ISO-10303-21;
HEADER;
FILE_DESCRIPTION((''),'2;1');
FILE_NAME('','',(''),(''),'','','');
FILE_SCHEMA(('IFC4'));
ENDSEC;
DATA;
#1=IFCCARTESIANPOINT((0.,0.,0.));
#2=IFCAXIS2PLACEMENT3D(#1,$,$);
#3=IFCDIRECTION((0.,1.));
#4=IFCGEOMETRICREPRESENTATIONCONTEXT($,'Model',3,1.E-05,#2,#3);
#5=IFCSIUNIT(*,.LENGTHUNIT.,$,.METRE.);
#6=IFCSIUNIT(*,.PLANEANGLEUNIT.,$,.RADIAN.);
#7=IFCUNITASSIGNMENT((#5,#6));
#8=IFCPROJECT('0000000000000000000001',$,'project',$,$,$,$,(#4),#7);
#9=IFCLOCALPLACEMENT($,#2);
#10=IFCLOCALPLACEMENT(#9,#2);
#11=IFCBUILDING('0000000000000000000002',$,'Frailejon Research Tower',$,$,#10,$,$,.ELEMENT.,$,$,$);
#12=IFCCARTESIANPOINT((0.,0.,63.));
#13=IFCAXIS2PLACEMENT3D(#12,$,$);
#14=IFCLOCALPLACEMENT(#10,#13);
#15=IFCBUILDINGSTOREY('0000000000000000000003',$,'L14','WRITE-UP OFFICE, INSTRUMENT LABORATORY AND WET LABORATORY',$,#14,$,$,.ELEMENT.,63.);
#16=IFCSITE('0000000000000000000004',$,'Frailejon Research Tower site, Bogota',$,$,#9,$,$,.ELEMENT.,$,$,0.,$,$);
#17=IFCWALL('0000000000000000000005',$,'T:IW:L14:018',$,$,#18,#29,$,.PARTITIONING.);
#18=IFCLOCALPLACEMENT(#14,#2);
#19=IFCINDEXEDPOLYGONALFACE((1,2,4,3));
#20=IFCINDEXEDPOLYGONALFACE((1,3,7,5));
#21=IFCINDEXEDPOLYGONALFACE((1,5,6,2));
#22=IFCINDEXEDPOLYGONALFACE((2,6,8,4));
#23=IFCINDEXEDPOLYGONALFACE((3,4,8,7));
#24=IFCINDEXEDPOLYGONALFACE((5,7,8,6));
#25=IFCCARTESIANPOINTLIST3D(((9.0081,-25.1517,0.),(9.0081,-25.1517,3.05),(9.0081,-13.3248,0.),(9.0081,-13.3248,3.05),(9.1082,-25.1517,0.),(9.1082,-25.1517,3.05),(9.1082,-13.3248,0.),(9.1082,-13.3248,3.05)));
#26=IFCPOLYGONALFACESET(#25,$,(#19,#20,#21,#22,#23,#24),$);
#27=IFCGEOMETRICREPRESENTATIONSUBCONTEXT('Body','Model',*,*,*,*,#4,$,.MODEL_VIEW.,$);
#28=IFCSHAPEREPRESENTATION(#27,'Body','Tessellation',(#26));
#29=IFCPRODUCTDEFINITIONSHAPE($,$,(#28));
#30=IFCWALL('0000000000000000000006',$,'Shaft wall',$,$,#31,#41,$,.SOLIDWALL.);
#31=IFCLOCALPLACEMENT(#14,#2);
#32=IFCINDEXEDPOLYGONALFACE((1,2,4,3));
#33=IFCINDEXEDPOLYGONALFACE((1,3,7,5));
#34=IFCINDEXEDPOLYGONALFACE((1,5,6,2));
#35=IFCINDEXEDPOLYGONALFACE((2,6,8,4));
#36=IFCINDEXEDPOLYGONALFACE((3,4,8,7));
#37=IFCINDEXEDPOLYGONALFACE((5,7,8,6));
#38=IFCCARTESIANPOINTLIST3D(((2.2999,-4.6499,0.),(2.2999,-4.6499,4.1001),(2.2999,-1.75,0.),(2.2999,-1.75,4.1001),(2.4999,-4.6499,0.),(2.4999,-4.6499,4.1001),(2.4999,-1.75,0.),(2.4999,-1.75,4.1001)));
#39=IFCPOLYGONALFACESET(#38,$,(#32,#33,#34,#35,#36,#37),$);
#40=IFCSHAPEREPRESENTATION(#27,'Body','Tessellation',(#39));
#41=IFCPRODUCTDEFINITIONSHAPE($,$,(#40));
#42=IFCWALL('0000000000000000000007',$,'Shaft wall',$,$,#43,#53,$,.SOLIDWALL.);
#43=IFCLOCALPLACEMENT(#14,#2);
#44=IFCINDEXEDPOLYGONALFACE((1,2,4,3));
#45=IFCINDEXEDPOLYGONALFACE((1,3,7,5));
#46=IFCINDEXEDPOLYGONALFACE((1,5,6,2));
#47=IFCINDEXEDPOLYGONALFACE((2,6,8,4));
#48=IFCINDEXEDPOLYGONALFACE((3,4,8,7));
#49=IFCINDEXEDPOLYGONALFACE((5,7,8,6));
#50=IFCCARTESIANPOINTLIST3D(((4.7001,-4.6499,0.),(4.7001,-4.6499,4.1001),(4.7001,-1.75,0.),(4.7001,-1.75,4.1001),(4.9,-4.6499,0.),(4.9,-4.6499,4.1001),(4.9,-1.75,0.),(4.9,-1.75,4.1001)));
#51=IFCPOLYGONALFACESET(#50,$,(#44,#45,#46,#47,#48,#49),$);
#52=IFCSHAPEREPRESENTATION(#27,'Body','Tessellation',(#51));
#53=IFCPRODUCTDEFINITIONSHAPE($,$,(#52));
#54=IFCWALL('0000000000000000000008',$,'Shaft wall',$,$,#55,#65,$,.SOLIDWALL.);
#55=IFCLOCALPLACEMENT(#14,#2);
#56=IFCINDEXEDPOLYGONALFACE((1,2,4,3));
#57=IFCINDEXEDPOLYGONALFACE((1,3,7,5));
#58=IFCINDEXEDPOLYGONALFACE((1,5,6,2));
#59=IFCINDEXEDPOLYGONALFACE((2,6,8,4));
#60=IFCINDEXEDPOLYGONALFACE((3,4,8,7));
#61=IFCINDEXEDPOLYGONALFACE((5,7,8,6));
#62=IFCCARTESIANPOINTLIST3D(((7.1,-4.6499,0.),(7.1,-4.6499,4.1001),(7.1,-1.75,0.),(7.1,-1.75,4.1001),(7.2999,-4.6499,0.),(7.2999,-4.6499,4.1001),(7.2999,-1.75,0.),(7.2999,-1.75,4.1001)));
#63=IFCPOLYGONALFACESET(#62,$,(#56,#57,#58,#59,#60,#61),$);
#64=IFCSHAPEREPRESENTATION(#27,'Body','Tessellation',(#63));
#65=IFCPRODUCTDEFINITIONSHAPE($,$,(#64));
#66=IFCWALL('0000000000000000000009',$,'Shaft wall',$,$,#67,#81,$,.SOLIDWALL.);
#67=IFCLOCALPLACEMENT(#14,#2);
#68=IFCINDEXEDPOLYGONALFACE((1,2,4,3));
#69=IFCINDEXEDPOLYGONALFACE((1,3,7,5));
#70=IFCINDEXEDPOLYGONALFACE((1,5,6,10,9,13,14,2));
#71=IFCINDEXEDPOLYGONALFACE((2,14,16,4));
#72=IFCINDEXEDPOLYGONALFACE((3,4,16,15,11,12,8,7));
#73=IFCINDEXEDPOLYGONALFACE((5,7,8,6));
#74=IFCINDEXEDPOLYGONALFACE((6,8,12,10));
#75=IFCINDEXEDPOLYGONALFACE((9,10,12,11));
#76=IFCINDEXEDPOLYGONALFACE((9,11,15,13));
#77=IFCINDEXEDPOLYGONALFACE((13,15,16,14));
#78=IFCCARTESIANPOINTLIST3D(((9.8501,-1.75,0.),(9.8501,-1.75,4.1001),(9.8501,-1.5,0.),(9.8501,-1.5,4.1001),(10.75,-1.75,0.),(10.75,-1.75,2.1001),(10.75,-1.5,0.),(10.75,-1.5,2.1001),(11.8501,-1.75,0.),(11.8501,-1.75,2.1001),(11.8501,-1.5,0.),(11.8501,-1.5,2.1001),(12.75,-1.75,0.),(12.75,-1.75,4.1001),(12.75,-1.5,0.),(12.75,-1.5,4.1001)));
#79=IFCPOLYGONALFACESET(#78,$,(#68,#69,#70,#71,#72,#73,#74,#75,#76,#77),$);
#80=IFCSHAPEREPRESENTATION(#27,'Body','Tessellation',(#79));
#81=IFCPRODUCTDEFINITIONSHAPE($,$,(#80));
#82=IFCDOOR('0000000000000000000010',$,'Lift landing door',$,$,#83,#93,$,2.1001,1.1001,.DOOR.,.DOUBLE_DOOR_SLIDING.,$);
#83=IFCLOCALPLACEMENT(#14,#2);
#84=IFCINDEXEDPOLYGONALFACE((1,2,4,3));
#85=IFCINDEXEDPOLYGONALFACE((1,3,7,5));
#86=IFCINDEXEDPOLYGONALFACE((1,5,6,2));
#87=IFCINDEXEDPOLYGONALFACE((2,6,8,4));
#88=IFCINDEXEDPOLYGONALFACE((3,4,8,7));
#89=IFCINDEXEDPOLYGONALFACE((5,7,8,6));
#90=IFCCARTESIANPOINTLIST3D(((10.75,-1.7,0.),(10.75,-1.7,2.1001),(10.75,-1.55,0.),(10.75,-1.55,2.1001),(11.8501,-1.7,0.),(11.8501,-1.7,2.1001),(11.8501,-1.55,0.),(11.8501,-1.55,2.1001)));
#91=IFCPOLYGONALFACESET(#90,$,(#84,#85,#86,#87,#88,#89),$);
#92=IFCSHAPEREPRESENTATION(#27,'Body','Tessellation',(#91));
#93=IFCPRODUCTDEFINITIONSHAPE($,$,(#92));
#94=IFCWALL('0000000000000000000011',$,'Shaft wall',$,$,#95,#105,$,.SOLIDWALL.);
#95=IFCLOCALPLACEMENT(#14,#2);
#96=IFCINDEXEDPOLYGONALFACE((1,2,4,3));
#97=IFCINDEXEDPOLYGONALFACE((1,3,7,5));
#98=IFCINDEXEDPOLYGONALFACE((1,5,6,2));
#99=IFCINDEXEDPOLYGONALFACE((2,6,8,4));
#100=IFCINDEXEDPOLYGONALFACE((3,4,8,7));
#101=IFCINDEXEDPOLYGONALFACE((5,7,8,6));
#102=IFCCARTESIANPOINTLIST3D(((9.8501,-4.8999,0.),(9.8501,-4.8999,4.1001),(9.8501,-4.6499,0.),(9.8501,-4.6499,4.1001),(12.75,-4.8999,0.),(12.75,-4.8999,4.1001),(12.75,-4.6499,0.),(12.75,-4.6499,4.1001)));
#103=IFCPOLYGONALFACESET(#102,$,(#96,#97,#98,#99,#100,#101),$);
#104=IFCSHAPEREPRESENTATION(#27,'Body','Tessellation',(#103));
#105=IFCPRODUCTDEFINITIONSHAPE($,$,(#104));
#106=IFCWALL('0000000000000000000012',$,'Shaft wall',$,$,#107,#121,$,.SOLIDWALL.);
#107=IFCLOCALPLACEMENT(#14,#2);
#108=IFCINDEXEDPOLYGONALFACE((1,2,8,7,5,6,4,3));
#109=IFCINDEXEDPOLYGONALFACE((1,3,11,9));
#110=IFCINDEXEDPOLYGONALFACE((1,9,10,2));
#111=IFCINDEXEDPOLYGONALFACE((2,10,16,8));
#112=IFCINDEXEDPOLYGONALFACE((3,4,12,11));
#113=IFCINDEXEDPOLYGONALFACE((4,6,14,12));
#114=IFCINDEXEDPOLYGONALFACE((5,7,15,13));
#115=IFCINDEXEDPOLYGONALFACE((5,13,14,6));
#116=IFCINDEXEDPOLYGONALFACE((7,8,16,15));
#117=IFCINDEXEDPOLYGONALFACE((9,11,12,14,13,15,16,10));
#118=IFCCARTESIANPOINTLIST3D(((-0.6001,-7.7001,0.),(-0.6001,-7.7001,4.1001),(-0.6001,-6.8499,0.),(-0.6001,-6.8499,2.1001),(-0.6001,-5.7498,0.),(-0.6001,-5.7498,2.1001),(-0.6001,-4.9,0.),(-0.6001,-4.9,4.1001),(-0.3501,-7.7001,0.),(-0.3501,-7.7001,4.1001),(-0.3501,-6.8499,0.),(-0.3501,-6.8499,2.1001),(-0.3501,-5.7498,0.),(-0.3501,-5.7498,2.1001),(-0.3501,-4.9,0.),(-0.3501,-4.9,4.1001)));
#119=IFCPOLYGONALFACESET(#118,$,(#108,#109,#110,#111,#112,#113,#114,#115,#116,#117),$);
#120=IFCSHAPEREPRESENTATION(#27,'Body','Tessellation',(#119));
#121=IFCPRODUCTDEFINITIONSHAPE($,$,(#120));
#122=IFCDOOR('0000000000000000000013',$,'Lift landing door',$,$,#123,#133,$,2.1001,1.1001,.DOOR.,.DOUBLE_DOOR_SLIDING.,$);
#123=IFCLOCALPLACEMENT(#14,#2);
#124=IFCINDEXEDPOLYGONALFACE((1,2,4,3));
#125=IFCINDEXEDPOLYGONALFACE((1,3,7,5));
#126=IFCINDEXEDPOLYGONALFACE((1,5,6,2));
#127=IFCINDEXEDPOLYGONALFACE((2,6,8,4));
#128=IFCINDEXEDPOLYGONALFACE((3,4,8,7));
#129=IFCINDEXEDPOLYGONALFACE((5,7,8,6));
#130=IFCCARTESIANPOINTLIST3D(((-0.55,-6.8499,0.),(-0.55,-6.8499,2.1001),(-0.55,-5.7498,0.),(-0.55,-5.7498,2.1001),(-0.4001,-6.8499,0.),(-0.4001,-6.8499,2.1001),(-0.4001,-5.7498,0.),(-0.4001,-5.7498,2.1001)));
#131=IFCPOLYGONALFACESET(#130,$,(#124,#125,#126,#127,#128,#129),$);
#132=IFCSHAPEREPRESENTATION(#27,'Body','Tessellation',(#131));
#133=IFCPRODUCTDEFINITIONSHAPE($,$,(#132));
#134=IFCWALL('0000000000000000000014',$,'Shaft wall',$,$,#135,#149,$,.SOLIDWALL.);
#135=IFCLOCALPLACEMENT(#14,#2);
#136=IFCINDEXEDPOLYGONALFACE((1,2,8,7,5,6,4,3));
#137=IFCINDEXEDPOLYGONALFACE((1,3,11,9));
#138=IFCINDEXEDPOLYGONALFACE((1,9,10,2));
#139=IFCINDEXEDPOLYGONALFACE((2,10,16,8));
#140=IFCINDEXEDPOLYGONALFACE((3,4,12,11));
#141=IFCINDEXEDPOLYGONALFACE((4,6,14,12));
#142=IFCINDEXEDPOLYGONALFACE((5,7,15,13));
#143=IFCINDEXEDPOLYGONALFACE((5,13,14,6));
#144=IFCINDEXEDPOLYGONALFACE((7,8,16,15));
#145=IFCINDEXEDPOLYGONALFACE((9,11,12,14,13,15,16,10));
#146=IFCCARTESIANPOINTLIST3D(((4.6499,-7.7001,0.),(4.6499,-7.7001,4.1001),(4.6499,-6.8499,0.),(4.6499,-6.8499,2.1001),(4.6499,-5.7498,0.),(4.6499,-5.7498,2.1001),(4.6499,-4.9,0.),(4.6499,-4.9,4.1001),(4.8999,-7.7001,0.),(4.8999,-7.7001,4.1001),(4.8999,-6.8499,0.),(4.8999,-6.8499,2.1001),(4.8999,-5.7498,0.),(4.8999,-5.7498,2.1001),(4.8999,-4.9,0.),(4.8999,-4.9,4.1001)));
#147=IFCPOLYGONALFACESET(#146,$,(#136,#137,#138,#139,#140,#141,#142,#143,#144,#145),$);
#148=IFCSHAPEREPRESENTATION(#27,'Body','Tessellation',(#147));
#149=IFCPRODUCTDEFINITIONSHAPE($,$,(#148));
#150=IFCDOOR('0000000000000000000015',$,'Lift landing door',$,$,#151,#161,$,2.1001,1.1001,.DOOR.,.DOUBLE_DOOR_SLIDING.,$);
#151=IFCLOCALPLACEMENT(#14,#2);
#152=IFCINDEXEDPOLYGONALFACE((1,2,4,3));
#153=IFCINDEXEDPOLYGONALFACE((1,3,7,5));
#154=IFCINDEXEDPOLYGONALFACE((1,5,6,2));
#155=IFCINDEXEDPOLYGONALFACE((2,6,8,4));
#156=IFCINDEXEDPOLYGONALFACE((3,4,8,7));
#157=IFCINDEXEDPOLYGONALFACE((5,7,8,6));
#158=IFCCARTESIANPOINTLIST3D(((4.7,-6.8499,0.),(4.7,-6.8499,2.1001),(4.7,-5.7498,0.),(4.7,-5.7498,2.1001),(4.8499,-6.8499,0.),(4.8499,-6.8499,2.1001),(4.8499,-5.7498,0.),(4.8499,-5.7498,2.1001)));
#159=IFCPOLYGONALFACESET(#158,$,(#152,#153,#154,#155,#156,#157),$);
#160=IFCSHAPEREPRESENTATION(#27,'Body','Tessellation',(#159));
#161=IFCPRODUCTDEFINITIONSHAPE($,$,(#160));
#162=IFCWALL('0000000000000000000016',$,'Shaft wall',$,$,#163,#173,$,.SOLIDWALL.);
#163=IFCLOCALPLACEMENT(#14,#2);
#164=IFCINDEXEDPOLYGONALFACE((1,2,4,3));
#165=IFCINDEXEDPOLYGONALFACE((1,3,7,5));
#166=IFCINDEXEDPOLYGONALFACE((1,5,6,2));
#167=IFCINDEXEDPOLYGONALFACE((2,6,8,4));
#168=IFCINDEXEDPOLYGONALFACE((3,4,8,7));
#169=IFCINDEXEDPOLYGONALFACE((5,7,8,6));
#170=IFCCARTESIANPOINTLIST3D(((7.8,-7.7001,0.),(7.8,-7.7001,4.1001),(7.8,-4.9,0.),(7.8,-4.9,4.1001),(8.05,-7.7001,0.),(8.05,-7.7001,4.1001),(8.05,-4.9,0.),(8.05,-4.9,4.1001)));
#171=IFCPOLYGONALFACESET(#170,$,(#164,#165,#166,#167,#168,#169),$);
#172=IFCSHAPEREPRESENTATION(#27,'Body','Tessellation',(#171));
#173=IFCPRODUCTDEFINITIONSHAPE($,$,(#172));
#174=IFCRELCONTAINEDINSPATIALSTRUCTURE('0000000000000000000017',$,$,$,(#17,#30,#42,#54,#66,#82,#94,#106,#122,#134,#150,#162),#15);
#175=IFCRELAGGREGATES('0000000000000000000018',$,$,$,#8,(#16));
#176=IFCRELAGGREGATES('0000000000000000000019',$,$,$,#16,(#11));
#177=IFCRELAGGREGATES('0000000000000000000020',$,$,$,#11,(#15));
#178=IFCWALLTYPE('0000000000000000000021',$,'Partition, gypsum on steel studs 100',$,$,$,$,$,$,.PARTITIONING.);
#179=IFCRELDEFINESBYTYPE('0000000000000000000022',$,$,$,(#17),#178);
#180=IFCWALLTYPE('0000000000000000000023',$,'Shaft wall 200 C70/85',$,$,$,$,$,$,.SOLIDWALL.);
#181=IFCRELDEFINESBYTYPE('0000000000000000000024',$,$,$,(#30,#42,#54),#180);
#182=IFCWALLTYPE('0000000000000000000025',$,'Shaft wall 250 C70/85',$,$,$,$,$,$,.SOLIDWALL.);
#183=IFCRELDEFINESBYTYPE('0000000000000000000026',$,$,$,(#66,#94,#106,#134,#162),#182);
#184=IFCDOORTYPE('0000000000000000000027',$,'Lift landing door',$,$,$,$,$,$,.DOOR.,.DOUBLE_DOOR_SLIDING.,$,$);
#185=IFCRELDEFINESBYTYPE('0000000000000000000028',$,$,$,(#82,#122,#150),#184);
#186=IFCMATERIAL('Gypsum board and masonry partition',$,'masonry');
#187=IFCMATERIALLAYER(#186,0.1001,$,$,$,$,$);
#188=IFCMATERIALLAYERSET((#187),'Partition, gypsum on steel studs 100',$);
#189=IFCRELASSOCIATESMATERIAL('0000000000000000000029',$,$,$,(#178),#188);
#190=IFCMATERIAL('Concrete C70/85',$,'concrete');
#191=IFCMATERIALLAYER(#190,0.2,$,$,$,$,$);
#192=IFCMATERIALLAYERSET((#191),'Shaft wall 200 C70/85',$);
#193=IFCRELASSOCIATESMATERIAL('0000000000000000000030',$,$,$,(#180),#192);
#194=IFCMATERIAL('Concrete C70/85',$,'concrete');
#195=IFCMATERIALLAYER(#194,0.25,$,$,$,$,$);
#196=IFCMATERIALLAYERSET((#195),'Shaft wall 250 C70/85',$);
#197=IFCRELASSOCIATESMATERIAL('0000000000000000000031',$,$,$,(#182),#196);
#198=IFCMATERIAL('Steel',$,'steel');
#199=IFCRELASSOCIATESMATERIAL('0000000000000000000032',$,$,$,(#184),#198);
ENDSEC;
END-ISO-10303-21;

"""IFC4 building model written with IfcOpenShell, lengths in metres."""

from ifc_helpers import new_model, si_unit, direction, frame, frame_2d, origin, place, context, subcontext, project, spatial, rectangle, extrude, material, layer, layer_set, type_object, element, fill, save


model = new_model("IFC4")

# Units and contexts
model_context = context("Model", 3, precision=1e-05, world=origin(), true_north=direction((0.0, 1.0)))
body_context = subcontext(model_context, "Body", "Model", "MODEL_VIEW")
ifc_project = project(units=[si_unit("LENGTHUNIT", "METRE"), si_unit("PLANEANGLEUNIT", "RADIAN")], contexts=[model_context])

# Site, building, storey
site_placement = place(None, origin())
site = spatial("IfcSite", under=ifc_project, at=site_placement, Name="Frailejon Research Tower site, Bogota", CompositionType="ELEMENT", RefElevation=0.0)
building_placement = place(site_placement, origin())
building = spatial("IfcBuilding", under=site, at=building_placement, Name="Frailejon Research Tower", CompositionType="ELEMENT")
storey_placement = place(building_placement, frame((0.0, 0.0, 63.0)))
storey = spatial("IfcBuildingStorey", under=building, at=storey_placement, Name="L14", Description="WRITE-UP OFFICE, INSTRUMENT LABORATORY AND WET LABORATORY", CompositionType="ELEMENT", Elevation=63.0)

# Walls
ifc_material_1 = material(Name="Gypsum board and masonry partition", Category="masonry")
ifc_layer_1 = layer(ifc_material_1, 0.1001)
ifc_layer_set_1 = layer_set([ifc_layer_1], Name="Partition, gypsum on steel studs 100")
wall_type_1 = type_object("IfcWallType", Name="Partition, gypsum on steel studs 100", PredefinedType="PARTITIONING", material=ifc_layer_set_1)
wall_1_placement = place(storey_placement, frame((9.0581, -25.1519, 0.0), z_axis=(0.0, 0.0, 1.0), x_axis=(0.0, 1.0, 0.0)))
element("IfcWall", 1, at=wall_1_placement, inside=storey, type_object=wall_type_1, Name="T:IW:L14:018", PredefinedType="PARTITIONING", context=body_context, shape_type="SweptSolid", body=[
    extrude(rectangle(XDim=11.8269, YDim=0.1001, at=frame_2d((5.9136, 0.0))), origin(), (0.0, 0.0, 1.0), 3.05),
])
ifc_material_2 = material(Name="Concrete C70/85", Category="concrete")
ifc_layer_2 = layer(ifc_material_2, 0.2)
ifc_layer_set_2 = layer_set([ifc_layer_2], Name="Shaft wall 200 C70/85")
wall_type_2 = type_object("IfcWallType", Name="Shaft wall 200 C70/85", PredefinedType="SOLIDWALL", material=ifc_layer_set_2)
for number, where, z_axis, x_axis, name in (
    (2, (2.3999, -4.6499, 0.0), (0.0, 0.0, 1.0), (0.0, 1.0, 0.0), "Shaft wall"),
    (3, (4.8, -4.6499, 0.0), (0.0, 0.0, 1.0), (0.0, 1.0, 0.0), "Shaft wall"),
    (4, (7.2, -4.6499, 0.0), (0.0, 0.0, 1.0), (0.0, 1.0, 0.0), "Shaft wall"),
):
    element("IfcWall", number, at=place(storey_placement, frame(where, z_axis=z_axis, x_axis=x_axis)), inside=storey, type_object=wall_type_2, Name=name, PredefinedType="SOLIDWALL", context=body_context, shape_type="SweptSolid", body=[
        extrude(rectangle(XDim=2.8999, YDim=0.2, at=frame_2d((1.45, 0.0))), origin(), (0.0, 0.0, 1.0), 4.1001),
    ])

# Wall, opening, door
ifc_material_3 = material(Name="Concrete C70/85", Category="concrete")
ifc_layer_3 = layer(ifc_material_3, 0.25)
ifc_layer_set_3 = layer_set([ifc_layer_3], Name="Shaft wall 250 C70/85")
wall_type_3 = type_object("IfcWallType", Name="Shaft wall 250 C70/85", PredefinedType="SOLIDWALL", material=ifc_layer_set_3)
wall_2_placement = place(storey_placement, frame((9.8501, -1.625, 0.0), z_axis=(0.0, 0.0, 1.0), x_axis=(1.0, 0.0, 0.0)))
wall_2 = element("IfcWall", 5, at=wall_2_placement, inside=storey, type_object=wall_type_3, Name="Shaft wall", PredefinedType="SOLIDWALL", context=body_context, shape_type="SweptSolid", body=[
    extrude(rectangle(XDim=2.8999, YDim=0.25, at=frame_2d((1.45, 0.0))), origin(), (0.0, 0.0, 1.0), 4.1001),
])
opening_1_placement = place(wall_2_placement, frame((0.8999, 0.0, 0.0)))
opening_1 = element("IfcOpeningElement", 6, at=opening_1_placement, cuts=wall_2, PredefinedType="OPENING", context=body_context, shape_type="SweptSolid", body=[
    extrude(rectangle(XDim=1.1001, YDim=2.1001, at=frame_2d((0.55, 1.05))), frame((0.0, 0.135, 0.0), z_axis=(0.0, -1.0, 0.0), x_axis=(1.0, 0.0, 0.0)), (0.0, 0.0, 1.0), 0.27),
])
ifc_material_4 = material(Name="Steel", Category="steel")
door_type_1 = type_object("IfcDoorType", Name="Lift landing door", OperationType="DOUBLE_DOOR_SLIDING", PredefinedType="DOOR", material=ifc_material_4)
door_1_placement = place(opening_1_placement, origin())
door_1 = element("IfcDoor", 7, at=door_1_placement, inside=storey, type_object=door_type_1, Name="Lift landing door", OperationType="DOUBLE_DOOR_SLIDING", OverallHeight=2.1001, OverallWidth=1.1001, PredefinedType="DOOR", context=body_context, shape_type="SweptSolid", body=[
    extrude(rectangle(XDim=1.1001, YDim=2.1001, at=frame_2d((0.55, 1.05))), frame((0.0, 0.075, 0.0), z_axis=(0.0, -1.0, 0.0), x_axis=(1.0, 0.0, 0.0)), (0.0, 0.0, 1.0), 0.1499),
])
fill(opening_1, door_1)

# Wall
wall_3_placement = place(storey_placement, frame((9.8501, -4.7749, 0.0), z_axis=(0.0, 0.0, 1.0), x_axis=(1.0, 0.0, 0.0)))
element("IfcWall", 8, at=wall_3_placement, inside=storey, type_object=wall_type_3, Name="Shaft wall", PredefinedType="SOLIDWALL", context=body_context, shape_type="SweptSolid", body=[
    extrude(rectangle(XDim=2.8999, YDim=0.25, at=frame_2d((1.45, 0.0))), origin(), (0.0, 0.0, 1.0), 4.1001),
])

# Walls, openings, doors
wall_4_placement = place(storey_placement, frame((-0.4751, -7.7, 0.0), z_axis=(0.0, 0.0, 1.0), x_axis=(0.0, 1.0, 0.0)))
wall_4 = element("IfcWall", 9, at=wall_4_placement, inside=storey, type_object=wall_type_3, Name="Shaft wall", PredefinedType="SOLIDWALL", context=body_context, shape_type="SweptSolid", body=[
    extrude(rectangle(XDim=2.8, YDim=0.25, at=frame_2d((1.3999, 0.0))), origin(), (0.0, 0.0, 1.0), 4.1001),
])
opening_2_placement = place(wall_4_placement, frame((0.8501, 0.0, 0.0)))
opening_2 = element("IfcOpeningElement", 10, at=opening_2_placement, cuts=wall_4, PredefinedType="OPENING", context=body_context, shape_type="SweptSolid", body=[
    extrude(rectangle(XDim=1.1001, YDim=2.1001, at=frame_2d((0.55, 1.05))), frame((0.0, 0.135, 0.0), z_axis=(0.0, -1.0, 0.0), x_axis=(1.0, 0.0, 0.0)), (0.0, 0.0, 1.0), 0.27),
])
door_2_placement = place(opening_2_placement, origin())
door_2 = element("IfcDoor", 11, at=door_2_placement, inside=storey, type_object=door_type_1, Name="Lift landing door", OperationType="DOUBLE_DOOR_SLIDING", OverallHeight=2.1001, OverallWidth=1.1001, PredefinedType="DOOR", context=body_context, shape_type="SweptSolid", body=[
    extrude(rectangle(XDim=1.1001, YDim=2.1001, at=frame_2d((0.55, 1.05))), frame((0.0, 0.075, 0.0), z_axis=(0.0, -1.0, 0.0), x_axis=(1.0, 0.0, 0.0)), (0.0, 0.0, 1.0), 0.1499),
])
fill(opening_2, door_2)
wall_5_placement = place(storey_placement, frame((4.7749, -7.7, 0.0), z_axis=(0.0, 0.0, 1.0), x_axis=(0.0, 1.0, 0.0)))
wall_5 = element("IfcWall", 12, at=wall_5_placement, inside=storey, type_object=wall_type_3, Name="Shaft wall", PredefinedType="SOLIDWALL", context=body_context, shape_type="SweptSolid", body=[
    extrude(rectangle(XDim=2.8, YDim=0.25, at=frame_2d((1.3999, 0.0))), origin(), (0.0, 0.0, 1.0), 4.1001),
])
opening_3_placement = place(wall_5_placement, frame((0.8501, 0.0, 0.0)))
opening_3 = element("IfcOpeningElement", 13, at=opening_3_placement, cuts=wall_5, PredefinedType="OPENING", context=body_context, shape_type="SweptSolid", body=[
    extrude(rectangle(XDim=1.1001, YDim=2.1001, at=frame_2d((0.55, 1.05))), frame((0.0, 0.135, 0.0), z_axis=(0.0, -1.0, 0.0), x_axis=(1.0, 0.0, 0.0)), (0.0, 0.0, 1.0), 0.27),
])
door_3_placement = place(opening_3_placement, origin())
door_3 = element("IfcDoor", 14, at=door_3_placement, inside=storey, type_object=door_type_1, Name="Lift landing door", OperationType="DOUBLE_DOOR_SLIDING", OverallHeight=2.1001, OverallWidth=1.1001, PredefinedType="DOOR", context=body_context, shape_type="SweptSolid", body=[
    extrude(rectangle(XDim=1.1001, YDim=2.1001, at=frame_2d((0.55, 1.05))), frame((0.0, 0.075, 0.0), z_axis=(0.0, -1.0, 0.0), x_axis=(1.0, 0.0, 0.0)), (0.0, 0.0, 1.0), 0.1499),
])
fill(opening_3, door_3)

# Wall
wall_6_placement = place(storey_placement, frame((7.925, -7.7, 0.0), z_axis=(0.0, 0.0, 1.0), x_axis=(0.0, 1.0, 0.0)))
element("IfcWall", 15, at=wall_6_placement, inside=storey, type_object=wall_type_3, Name="Shaft wall", PredefinedType="SOLIDWALL", context=body_context, shape_type="SweptSolid", body=[
    extrude(rectangle(XDim=2.8, YDim=0.25, at=frame_2d((1.3999, 0.0))), origin(), (0.0, 0.0, 1.0), 4.1001),
])

save(model, "model.ifc")
